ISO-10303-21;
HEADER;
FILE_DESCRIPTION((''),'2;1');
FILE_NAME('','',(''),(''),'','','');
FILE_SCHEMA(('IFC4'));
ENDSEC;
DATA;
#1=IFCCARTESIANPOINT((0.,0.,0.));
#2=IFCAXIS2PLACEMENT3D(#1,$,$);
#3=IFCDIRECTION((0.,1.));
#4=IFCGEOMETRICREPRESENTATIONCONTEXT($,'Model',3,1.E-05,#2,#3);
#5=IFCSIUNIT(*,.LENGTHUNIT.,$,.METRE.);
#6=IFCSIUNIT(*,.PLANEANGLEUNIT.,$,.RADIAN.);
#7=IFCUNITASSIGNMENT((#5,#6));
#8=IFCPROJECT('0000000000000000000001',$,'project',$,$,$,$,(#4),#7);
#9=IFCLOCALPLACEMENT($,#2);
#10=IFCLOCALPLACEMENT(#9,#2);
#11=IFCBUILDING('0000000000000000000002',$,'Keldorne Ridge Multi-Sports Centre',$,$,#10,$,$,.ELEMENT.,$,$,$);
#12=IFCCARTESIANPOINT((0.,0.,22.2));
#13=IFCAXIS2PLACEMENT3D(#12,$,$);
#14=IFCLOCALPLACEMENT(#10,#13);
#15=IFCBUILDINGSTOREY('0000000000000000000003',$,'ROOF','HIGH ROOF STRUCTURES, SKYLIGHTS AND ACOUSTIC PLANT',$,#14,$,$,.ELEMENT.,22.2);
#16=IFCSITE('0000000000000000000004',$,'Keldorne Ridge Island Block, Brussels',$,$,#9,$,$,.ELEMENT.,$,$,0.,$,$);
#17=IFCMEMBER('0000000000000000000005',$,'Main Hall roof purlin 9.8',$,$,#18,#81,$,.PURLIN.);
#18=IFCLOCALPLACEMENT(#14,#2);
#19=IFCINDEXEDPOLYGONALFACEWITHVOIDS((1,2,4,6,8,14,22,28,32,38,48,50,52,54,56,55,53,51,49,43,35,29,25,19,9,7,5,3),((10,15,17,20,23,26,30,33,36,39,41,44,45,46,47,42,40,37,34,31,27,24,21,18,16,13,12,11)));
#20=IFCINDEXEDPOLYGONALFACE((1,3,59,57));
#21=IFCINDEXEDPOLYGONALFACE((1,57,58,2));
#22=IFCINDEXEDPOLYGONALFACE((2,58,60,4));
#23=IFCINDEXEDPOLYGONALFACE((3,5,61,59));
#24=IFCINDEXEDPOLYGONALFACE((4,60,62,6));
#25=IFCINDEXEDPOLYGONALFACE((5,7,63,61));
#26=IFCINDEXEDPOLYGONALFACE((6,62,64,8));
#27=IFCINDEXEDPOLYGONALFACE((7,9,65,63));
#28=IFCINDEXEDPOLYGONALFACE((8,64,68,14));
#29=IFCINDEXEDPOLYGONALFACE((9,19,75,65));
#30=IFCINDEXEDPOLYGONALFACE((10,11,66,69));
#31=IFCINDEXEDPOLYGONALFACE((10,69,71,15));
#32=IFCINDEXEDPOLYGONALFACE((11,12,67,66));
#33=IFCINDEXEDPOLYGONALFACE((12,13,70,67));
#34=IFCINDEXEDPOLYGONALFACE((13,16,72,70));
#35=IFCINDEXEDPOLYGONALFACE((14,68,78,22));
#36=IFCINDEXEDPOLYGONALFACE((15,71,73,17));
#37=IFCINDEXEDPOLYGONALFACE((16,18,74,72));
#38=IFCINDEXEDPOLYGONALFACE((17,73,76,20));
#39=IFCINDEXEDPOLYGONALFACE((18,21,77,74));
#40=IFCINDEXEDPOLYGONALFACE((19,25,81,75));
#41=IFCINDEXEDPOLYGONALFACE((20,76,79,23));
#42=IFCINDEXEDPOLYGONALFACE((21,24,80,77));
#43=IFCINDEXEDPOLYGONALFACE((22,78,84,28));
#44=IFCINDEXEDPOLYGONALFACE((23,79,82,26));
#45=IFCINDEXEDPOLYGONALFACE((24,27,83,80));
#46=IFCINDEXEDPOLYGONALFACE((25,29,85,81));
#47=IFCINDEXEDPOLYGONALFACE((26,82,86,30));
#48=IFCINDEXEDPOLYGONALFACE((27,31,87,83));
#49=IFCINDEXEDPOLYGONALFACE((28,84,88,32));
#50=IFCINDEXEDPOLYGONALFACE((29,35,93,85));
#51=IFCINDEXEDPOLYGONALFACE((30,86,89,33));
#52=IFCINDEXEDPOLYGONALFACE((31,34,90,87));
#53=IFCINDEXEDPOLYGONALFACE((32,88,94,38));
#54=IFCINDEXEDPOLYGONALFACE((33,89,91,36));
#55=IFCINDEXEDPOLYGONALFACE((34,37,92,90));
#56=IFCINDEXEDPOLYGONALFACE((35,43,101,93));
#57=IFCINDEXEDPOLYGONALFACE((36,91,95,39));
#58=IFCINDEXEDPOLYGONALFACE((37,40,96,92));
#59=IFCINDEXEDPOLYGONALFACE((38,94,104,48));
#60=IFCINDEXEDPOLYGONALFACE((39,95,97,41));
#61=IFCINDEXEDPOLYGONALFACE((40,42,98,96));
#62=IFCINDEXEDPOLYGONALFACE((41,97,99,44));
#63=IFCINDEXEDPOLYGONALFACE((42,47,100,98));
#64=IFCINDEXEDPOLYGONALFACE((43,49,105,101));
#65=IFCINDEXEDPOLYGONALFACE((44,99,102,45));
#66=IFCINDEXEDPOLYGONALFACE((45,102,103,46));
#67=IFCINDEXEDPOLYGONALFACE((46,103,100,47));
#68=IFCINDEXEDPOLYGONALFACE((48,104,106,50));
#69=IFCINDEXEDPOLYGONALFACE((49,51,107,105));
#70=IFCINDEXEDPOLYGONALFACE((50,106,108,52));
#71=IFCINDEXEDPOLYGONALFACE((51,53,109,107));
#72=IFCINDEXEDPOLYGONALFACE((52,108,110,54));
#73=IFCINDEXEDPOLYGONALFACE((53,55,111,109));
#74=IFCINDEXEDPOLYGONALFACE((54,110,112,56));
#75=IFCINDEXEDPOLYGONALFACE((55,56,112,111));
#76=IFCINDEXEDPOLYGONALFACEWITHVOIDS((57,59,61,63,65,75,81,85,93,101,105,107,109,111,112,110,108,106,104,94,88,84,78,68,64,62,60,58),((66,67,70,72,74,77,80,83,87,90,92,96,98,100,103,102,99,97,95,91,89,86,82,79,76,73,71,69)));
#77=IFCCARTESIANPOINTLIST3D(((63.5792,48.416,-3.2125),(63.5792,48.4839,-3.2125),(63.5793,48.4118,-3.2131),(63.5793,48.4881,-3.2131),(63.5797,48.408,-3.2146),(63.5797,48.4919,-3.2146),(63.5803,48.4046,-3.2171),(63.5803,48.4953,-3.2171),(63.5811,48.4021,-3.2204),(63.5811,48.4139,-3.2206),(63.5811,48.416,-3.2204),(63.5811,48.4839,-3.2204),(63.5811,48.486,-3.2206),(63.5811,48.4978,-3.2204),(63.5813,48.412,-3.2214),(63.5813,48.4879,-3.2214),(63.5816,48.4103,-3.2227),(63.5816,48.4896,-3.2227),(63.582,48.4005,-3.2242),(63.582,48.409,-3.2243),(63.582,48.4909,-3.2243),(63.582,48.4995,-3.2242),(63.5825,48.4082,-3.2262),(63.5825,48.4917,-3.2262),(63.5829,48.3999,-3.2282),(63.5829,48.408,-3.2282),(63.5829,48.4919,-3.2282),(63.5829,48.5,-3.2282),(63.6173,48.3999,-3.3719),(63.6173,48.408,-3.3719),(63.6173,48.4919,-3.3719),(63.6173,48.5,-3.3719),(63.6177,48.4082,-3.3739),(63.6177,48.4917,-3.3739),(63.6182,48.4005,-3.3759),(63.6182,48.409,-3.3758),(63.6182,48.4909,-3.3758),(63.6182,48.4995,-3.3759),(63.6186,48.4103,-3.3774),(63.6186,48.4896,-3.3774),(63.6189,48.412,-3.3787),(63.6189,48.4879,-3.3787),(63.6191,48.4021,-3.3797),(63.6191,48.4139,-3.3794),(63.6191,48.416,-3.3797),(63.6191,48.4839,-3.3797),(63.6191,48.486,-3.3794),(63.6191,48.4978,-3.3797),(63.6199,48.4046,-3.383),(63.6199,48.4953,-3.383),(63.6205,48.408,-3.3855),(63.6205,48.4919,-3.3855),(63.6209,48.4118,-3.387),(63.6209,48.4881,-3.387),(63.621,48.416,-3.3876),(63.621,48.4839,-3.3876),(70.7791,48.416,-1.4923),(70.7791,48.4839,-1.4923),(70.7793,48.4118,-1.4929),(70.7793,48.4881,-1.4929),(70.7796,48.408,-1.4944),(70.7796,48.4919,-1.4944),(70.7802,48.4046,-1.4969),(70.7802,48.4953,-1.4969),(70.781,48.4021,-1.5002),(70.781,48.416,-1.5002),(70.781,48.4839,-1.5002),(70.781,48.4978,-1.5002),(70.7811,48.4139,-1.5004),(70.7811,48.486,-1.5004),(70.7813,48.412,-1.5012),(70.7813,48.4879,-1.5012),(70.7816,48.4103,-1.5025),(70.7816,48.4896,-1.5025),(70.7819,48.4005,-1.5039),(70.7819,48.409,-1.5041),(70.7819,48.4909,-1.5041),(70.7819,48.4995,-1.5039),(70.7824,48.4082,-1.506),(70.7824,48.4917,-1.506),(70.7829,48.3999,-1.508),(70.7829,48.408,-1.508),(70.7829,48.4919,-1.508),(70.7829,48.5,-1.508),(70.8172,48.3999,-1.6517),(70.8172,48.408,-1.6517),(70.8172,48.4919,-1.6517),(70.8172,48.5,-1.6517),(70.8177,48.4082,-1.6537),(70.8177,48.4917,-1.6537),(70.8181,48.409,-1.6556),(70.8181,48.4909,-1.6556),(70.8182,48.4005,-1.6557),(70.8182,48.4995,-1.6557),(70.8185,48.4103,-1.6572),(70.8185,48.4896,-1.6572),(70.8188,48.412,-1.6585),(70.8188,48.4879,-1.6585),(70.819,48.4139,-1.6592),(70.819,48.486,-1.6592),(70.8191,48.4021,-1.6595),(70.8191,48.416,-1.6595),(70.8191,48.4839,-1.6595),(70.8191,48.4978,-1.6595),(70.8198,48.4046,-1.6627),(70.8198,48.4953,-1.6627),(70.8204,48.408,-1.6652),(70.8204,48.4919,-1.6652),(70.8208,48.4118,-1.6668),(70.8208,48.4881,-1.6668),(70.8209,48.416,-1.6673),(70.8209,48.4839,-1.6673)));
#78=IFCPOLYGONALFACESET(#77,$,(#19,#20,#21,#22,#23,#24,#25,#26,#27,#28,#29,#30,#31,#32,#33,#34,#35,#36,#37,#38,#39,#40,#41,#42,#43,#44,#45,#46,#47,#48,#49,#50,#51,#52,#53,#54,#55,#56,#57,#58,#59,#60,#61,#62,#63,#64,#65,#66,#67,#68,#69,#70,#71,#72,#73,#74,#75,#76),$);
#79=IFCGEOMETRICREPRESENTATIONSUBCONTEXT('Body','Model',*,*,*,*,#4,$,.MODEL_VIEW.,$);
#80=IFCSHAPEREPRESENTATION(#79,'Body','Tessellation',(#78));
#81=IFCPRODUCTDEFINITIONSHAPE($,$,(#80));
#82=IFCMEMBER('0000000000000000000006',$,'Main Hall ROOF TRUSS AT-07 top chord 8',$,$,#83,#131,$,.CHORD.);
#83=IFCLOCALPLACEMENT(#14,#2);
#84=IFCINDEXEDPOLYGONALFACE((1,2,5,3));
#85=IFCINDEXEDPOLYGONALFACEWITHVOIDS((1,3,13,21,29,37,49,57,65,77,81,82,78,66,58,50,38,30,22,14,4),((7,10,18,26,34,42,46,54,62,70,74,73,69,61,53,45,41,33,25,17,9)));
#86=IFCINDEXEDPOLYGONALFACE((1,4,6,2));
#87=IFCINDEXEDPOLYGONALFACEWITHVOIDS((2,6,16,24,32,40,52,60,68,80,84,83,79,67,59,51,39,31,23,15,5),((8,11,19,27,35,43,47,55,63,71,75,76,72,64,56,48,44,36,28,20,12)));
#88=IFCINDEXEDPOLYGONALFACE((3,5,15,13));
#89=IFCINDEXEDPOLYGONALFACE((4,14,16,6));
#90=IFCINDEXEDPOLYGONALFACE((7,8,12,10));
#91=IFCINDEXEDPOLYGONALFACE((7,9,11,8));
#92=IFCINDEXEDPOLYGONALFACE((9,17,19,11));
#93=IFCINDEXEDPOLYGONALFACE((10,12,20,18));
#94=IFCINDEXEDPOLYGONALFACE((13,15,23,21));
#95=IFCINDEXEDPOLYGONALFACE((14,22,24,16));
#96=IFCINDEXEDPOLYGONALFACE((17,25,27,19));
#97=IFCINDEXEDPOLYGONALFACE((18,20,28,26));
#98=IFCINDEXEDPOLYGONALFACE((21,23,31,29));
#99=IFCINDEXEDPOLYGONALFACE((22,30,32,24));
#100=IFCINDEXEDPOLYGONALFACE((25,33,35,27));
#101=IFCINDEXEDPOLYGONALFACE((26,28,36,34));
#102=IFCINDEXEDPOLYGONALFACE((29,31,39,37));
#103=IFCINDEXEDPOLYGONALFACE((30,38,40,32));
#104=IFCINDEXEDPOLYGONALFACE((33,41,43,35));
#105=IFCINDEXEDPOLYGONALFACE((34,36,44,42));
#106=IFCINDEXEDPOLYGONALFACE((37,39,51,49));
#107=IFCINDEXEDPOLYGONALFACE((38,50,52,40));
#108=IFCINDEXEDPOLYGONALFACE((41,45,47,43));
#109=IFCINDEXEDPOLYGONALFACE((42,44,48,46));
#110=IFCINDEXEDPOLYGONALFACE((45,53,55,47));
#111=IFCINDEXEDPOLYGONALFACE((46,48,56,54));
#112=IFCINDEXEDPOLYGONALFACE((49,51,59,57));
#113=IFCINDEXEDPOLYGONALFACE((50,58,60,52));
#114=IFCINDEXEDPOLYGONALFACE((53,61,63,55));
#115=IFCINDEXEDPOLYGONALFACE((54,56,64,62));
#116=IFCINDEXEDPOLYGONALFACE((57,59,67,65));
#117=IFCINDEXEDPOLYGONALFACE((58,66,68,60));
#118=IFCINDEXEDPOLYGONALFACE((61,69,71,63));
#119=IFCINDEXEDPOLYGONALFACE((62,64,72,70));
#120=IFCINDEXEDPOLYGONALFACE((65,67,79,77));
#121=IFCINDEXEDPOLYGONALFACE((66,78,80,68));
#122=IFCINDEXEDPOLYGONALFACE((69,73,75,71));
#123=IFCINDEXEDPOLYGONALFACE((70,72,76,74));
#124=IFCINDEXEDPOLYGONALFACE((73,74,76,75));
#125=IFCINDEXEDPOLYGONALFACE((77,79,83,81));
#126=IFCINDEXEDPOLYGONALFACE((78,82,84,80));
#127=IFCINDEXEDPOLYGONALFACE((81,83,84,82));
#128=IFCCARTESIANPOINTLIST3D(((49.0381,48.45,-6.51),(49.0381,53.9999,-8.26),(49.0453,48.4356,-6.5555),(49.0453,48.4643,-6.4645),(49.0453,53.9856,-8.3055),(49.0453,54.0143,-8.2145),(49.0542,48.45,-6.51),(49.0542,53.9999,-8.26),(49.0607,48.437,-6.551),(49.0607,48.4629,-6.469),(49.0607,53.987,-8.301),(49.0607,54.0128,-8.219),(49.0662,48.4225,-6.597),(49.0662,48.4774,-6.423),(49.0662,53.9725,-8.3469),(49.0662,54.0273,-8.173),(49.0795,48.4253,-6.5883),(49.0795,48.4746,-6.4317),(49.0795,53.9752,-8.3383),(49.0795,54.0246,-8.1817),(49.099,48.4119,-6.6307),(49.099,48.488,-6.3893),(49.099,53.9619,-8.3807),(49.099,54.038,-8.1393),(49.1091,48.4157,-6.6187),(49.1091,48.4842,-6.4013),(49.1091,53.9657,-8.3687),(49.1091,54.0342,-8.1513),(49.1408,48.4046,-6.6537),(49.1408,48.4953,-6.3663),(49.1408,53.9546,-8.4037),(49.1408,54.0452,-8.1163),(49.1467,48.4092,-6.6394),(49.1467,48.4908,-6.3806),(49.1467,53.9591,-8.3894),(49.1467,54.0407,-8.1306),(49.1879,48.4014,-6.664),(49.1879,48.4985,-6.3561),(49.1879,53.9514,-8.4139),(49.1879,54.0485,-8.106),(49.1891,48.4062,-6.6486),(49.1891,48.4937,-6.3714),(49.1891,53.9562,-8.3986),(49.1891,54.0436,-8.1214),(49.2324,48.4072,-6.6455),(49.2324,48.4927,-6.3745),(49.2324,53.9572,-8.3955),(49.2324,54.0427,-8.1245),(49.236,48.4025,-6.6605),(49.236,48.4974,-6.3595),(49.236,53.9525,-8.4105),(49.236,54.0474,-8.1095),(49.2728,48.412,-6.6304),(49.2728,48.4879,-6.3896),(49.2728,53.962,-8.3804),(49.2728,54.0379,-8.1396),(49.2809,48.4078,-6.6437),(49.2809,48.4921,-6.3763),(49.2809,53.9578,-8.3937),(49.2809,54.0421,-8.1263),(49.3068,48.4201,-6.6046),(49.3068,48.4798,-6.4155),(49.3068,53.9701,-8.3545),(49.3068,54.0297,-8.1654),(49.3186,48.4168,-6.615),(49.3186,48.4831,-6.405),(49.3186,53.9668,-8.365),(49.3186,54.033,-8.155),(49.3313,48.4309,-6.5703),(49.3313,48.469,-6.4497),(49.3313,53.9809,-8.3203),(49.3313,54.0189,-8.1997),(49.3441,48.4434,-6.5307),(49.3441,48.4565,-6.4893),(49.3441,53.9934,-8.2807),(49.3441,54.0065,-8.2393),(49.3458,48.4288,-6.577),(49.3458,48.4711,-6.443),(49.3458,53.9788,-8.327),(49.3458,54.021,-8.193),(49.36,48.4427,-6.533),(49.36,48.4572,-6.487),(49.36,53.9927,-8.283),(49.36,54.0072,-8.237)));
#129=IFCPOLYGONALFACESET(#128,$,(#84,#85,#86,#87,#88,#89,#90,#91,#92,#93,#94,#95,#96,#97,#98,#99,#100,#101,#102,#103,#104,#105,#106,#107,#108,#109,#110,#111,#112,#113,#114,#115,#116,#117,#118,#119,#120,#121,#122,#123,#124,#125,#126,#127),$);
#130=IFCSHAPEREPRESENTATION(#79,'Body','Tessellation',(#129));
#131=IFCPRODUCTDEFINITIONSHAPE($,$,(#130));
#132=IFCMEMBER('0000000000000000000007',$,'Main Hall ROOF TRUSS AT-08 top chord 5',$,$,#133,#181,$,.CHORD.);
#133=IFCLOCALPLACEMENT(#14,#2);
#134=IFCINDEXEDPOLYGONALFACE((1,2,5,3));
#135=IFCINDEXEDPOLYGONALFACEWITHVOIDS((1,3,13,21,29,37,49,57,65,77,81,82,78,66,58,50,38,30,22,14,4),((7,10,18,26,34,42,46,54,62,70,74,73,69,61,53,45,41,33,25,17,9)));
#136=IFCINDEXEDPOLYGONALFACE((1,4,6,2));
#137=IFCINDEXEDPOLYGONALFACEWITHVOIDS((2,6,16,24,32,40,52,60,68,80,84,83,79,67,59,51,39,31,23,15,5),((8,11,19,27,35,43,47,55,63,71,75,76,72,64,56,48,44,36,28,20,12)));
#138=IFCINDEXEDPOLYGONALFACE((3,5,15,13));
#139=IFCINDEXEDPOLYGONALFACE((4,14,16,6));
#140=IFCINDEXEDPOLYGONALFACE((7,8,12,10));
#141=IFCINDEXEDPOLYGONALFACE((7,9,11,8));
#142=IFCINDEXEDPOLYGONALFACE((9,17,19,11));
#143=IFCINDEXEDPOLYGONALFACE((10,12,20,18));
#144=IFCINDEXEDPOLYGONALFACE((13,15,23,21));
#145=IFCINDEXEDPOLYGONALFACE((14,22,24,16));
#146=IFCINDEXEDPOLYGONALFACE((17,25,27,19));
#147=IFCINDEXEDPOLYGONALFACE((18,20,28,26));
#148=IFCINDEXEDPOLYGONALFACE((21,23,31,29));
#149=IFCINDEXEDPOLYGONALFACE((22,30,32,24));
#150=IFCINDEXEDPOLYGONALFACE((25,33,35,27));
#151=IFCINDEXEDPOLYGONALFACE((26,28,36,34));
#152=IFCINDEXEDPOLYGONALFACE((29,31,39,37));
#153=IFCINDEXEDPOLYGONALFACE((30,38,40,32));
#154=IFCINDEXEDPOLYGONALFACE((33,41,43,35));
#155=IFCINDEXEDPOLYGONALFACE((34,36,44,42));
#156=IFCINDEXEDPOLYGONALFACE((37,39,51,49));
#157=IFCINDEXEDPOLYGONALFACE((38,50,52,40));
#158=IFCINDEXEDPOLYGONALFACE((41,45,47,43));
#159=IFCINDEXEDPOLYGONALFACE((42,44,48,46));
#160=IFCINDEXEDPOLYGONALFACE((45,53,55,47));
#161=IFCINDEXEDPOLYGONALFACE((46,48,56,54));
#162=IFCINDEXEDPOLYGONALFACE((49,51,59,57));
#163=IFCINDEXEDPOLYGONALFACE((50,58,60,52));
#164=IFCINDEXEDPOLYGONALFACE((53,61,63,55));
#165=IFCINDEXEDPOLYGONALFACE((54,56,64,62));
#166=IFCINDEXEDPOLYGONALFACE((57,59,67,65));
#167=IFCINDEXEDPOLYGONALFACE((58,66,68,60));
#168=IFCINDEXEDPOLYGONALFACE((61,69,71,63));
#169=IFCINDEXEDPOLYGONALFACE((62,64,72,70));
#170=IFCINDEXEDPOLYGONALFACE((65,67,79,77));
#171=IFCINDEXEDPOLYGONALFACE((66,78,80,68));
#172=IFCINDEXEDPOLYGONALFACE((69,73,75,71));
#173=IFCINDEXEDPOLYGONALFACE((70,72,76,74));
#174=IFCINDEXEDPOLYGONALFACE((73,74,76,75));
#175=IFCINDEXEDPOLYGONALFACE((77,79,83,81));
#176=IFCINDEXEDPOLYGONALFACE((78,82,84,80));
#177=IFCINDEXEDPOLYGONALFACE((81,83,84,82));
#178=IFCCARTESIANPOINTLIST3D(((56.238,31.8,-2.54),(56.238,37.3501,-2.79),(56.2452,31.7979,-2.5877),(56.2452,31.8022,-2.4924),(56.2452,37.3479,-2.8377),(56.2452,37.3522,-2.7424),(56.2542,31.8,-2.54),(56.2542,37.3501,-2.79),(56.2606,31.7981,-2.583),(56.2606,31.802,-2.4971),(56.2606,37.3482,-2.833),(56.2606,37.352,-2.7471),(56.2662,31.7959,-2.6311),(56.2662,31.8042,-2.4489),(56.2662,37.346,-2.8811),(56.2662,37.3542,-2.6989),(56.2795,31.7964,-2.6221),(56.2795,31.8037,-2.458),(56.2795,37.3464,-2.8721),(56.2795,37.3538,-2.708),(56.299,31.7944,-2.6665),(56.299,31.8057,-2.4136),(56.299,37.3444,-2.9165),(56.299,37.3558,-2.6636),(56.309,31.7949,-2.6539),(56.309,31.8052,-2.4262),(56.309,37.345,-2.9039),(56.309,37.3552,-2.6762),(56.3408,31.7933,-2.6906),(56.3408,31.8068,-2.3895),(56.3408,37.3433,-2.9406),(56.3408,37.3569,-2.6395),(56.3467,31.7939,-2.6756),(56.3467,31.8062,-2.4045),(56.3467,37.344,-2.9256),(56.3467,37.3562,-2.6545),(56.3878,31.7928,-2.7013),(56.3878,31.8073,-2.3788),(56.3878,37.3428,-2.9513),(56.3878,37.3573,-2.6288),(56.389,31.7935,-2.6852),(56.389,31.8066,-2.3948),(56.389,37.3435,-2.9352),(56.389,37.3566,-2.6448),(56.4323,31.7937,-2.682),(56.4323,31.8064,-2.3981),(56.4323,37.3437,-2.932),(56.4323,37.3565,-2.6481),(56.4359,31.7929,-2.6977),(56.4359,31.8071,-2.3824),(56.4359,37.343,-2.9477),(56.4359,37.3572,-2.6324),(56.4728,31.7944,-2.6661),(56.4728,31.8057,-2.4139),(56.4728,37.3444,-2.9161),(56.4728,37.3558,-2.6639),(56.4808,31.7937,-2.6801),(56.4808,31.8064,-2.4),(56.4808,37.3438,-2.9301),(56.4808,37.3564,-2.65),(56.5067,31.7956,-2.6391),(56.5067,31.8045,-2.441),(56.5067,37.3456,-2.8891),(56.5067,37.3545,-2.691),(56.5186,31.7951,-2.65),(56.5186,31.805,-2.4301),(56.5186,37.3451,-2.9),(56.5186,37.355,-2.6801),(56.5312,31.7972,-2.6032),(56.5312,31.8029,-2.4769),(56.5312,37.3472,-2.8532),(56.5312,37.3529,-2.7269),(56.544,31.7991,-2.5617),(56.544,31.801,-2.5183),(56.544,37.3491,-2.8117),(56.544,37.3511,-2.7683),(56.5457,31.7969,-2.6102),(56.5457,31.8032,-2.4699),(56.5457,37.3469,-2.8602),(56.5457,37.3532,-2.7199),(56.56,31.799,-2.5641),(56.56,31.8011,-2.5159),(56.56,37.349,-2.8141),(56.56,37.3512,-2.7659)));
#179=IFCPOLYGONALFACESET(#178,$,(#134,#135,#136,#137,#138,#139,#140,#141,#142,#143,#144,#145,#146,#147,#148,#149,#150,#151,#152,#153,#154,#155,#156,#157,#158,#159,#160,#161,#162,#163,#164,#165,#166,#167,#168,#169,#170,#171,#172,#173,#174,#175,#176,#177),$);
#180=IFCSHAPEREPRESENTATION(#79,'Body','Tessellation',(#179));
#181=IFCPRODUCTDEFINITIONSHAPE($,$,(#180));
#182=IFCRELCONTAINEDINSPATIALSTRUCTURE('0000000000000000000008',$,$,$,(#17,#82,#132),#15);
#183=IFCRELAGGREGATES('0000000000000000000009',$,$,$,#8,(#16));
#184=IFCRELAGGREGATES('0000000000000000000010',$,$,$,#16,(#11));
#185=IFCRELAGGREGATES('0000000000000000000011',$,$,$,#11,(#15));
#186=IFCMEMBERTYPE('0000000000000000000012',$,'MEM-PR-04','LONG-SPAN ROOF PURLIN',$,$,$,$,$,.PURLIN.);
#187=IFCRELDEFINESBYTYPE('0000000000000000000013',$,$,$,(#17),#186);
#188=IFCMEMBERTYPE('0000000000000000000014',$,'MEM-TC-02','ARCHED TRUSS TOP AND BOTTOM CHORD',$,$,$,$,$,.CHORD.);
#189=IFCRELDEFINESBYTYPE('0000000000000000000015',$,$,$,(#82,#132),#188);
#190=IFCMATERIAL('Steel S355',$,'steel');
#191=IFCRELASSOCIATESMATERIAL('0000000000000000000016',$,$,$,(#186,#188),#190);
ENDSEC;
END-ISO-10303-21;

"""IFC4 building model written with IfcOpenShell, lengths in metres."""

from ifc_helpers import new_model, si_unit, direction, frame, origin, origin_2d, place, context, subcontext, project, spatial, hollow_rectangle, hollow_circle, extrude, material, material_profile, profile_set, type_object, element, save


model = new_model("IFC4")

# Units and contexts
model_context = context("Model", 3, precision=1e-05, world=origin(), true_north=direction((0.0, 1.0)))
body_context = subcontext(model_context, "Body", "Model", "MODEL_VIEW")
ifc_project = project(units=[si_unit("LENGTHUNIT", "METRE"), si_unit("PLANEANGLEUNIT", "RADIAN")], contexts=[model_context])

# Site, building, storey
site_placement = place(None, origin())
site = spatial("IfcSite", under=ifc_project, at=site_placement, Name="Keldorne Ridge Island Block, Brussels", CompositionType="ELEMENT", RefElevation=0.0)
building_placement = place(site_placement, origin())
building = spatial("IfcBuilding", under=site, at=building_placement, Name="Keldorne Ridge Multi-Sports Centre", CompositionType="ELEMENT")
storey_placement = place(building_placement, frame((0.0, 0.0, 22.2)))
storey = spatial("IfcBuildingStorey", under=building, at=storey_placement, Name="ROOF", Description="HIGH ROOF STRUCTURES, SKYLIGHTS AND ACOUSTIC PLANT", CompositionType="ELEMENT", Elevation=22.2)

# Members
ifc_material = material(Name="Steel S355", Category="steel")
ifc_material_profile_1 = material_profile(ifc_material, hollow_rectangle(XDim=0.1001, YDim=0.1799, WallThickness=0.0081, InnerFilletRadius=0.0081, OuterFilletRadius=0.0161, at=origin_2d()), Name="RHS 180x100x8")
ifc_profile_set_1 = profile_set([ifc_material_profile_1], Name="Steel S355")
member_type_1 = type_object("IfcMemberType", Name="MEM-PR-04", Description="LONG-SPAN ROOF PURLIN", PredefinedType="PURLIN", material=ifc_profile_set_1)
member_1_placement = place(storey_placement, frame((63.6001, 48.45, -3.3), z_axis=(0.972625, 0.0, 0.23238), x_axis=(0.0, 1.0, 0.0)))
element("IfcMember", 1, at=member_1_placement, inside=storey, type_object=member_type_1, Name="Main Hall roof purlin 9.8", PredefinedType="PURLIN", context=body_context, shape_type="SweptSolid", body=[
    extrude(hollow_rectangle(XDim=0.1001, YDim=0.1799, WallThickness=0.0081, InnerFilletRadius=0.0081, OuterFilletRadius=0.0161, at=origin_2d()), origin(), (0.0, 0.0, 1.0), 7.4026),
])
ifc_material_profile_2 = material_profile(ifc_material, hollow_circle(Radius=0.1619, WallThickness=0.0161, at=origin_2d()), Name="CHS 323.9x16")
ifc_profile_set_2 = profile_set([ifc_material_profile_2], Name="Steel S355")
member_type_2 = type_object("IfcMemberType", Name="MEM-TC-02", Description="ARCHED TRUSS TOP AND BOTTOM CHORD", PredefinedType="CHORD", material=ifc_profile_set_2)
member_2_placement = place(storey_placement, frame((49.2, 48.45, -6.51), z_axis=(0.0, 0.953713, -0.300718), x_axis=(-1.0, 0.0, 0.0)))
element("IfcMember", 2, at=member_2_placement, inside=storey, type_object=member_type_2, Name="Main Hall ROOF TRUSS AT-07 top chord 8", PredefinedType="CHORD", context=body_context, shape_type="SweptSolid", body=[
    extrude(hollow_circle(Radius=0.1619, WallThickness=0.0161, at=origin_2d()), origin(), (0.0, 0.0, 1.0), 5.8193),
])
member_3_placement = place(storey_placement, frame((56.3999, 31.8, -2.54), z_axis=(0.0, 0.998987, -0.044999), x_axis=(-1.0, 0.0, 0.0)))
element("IfcMember", 3, at=member_3_placement, inside=storey, type_object=member_type_2, Name="Main Hall ROOF TRUSS AT-08 top chord 5", PredefinedType="CHORD", context=body_context, shape_type="SweptSolid", body=[
    extrude(hollow_circle(Radius=0.1619, WallThickness=0.0161, at=origin_2d()), origin(), (0.0, 0.0, 1.0), 5.5557),
])

save(model, "model.ifc")
